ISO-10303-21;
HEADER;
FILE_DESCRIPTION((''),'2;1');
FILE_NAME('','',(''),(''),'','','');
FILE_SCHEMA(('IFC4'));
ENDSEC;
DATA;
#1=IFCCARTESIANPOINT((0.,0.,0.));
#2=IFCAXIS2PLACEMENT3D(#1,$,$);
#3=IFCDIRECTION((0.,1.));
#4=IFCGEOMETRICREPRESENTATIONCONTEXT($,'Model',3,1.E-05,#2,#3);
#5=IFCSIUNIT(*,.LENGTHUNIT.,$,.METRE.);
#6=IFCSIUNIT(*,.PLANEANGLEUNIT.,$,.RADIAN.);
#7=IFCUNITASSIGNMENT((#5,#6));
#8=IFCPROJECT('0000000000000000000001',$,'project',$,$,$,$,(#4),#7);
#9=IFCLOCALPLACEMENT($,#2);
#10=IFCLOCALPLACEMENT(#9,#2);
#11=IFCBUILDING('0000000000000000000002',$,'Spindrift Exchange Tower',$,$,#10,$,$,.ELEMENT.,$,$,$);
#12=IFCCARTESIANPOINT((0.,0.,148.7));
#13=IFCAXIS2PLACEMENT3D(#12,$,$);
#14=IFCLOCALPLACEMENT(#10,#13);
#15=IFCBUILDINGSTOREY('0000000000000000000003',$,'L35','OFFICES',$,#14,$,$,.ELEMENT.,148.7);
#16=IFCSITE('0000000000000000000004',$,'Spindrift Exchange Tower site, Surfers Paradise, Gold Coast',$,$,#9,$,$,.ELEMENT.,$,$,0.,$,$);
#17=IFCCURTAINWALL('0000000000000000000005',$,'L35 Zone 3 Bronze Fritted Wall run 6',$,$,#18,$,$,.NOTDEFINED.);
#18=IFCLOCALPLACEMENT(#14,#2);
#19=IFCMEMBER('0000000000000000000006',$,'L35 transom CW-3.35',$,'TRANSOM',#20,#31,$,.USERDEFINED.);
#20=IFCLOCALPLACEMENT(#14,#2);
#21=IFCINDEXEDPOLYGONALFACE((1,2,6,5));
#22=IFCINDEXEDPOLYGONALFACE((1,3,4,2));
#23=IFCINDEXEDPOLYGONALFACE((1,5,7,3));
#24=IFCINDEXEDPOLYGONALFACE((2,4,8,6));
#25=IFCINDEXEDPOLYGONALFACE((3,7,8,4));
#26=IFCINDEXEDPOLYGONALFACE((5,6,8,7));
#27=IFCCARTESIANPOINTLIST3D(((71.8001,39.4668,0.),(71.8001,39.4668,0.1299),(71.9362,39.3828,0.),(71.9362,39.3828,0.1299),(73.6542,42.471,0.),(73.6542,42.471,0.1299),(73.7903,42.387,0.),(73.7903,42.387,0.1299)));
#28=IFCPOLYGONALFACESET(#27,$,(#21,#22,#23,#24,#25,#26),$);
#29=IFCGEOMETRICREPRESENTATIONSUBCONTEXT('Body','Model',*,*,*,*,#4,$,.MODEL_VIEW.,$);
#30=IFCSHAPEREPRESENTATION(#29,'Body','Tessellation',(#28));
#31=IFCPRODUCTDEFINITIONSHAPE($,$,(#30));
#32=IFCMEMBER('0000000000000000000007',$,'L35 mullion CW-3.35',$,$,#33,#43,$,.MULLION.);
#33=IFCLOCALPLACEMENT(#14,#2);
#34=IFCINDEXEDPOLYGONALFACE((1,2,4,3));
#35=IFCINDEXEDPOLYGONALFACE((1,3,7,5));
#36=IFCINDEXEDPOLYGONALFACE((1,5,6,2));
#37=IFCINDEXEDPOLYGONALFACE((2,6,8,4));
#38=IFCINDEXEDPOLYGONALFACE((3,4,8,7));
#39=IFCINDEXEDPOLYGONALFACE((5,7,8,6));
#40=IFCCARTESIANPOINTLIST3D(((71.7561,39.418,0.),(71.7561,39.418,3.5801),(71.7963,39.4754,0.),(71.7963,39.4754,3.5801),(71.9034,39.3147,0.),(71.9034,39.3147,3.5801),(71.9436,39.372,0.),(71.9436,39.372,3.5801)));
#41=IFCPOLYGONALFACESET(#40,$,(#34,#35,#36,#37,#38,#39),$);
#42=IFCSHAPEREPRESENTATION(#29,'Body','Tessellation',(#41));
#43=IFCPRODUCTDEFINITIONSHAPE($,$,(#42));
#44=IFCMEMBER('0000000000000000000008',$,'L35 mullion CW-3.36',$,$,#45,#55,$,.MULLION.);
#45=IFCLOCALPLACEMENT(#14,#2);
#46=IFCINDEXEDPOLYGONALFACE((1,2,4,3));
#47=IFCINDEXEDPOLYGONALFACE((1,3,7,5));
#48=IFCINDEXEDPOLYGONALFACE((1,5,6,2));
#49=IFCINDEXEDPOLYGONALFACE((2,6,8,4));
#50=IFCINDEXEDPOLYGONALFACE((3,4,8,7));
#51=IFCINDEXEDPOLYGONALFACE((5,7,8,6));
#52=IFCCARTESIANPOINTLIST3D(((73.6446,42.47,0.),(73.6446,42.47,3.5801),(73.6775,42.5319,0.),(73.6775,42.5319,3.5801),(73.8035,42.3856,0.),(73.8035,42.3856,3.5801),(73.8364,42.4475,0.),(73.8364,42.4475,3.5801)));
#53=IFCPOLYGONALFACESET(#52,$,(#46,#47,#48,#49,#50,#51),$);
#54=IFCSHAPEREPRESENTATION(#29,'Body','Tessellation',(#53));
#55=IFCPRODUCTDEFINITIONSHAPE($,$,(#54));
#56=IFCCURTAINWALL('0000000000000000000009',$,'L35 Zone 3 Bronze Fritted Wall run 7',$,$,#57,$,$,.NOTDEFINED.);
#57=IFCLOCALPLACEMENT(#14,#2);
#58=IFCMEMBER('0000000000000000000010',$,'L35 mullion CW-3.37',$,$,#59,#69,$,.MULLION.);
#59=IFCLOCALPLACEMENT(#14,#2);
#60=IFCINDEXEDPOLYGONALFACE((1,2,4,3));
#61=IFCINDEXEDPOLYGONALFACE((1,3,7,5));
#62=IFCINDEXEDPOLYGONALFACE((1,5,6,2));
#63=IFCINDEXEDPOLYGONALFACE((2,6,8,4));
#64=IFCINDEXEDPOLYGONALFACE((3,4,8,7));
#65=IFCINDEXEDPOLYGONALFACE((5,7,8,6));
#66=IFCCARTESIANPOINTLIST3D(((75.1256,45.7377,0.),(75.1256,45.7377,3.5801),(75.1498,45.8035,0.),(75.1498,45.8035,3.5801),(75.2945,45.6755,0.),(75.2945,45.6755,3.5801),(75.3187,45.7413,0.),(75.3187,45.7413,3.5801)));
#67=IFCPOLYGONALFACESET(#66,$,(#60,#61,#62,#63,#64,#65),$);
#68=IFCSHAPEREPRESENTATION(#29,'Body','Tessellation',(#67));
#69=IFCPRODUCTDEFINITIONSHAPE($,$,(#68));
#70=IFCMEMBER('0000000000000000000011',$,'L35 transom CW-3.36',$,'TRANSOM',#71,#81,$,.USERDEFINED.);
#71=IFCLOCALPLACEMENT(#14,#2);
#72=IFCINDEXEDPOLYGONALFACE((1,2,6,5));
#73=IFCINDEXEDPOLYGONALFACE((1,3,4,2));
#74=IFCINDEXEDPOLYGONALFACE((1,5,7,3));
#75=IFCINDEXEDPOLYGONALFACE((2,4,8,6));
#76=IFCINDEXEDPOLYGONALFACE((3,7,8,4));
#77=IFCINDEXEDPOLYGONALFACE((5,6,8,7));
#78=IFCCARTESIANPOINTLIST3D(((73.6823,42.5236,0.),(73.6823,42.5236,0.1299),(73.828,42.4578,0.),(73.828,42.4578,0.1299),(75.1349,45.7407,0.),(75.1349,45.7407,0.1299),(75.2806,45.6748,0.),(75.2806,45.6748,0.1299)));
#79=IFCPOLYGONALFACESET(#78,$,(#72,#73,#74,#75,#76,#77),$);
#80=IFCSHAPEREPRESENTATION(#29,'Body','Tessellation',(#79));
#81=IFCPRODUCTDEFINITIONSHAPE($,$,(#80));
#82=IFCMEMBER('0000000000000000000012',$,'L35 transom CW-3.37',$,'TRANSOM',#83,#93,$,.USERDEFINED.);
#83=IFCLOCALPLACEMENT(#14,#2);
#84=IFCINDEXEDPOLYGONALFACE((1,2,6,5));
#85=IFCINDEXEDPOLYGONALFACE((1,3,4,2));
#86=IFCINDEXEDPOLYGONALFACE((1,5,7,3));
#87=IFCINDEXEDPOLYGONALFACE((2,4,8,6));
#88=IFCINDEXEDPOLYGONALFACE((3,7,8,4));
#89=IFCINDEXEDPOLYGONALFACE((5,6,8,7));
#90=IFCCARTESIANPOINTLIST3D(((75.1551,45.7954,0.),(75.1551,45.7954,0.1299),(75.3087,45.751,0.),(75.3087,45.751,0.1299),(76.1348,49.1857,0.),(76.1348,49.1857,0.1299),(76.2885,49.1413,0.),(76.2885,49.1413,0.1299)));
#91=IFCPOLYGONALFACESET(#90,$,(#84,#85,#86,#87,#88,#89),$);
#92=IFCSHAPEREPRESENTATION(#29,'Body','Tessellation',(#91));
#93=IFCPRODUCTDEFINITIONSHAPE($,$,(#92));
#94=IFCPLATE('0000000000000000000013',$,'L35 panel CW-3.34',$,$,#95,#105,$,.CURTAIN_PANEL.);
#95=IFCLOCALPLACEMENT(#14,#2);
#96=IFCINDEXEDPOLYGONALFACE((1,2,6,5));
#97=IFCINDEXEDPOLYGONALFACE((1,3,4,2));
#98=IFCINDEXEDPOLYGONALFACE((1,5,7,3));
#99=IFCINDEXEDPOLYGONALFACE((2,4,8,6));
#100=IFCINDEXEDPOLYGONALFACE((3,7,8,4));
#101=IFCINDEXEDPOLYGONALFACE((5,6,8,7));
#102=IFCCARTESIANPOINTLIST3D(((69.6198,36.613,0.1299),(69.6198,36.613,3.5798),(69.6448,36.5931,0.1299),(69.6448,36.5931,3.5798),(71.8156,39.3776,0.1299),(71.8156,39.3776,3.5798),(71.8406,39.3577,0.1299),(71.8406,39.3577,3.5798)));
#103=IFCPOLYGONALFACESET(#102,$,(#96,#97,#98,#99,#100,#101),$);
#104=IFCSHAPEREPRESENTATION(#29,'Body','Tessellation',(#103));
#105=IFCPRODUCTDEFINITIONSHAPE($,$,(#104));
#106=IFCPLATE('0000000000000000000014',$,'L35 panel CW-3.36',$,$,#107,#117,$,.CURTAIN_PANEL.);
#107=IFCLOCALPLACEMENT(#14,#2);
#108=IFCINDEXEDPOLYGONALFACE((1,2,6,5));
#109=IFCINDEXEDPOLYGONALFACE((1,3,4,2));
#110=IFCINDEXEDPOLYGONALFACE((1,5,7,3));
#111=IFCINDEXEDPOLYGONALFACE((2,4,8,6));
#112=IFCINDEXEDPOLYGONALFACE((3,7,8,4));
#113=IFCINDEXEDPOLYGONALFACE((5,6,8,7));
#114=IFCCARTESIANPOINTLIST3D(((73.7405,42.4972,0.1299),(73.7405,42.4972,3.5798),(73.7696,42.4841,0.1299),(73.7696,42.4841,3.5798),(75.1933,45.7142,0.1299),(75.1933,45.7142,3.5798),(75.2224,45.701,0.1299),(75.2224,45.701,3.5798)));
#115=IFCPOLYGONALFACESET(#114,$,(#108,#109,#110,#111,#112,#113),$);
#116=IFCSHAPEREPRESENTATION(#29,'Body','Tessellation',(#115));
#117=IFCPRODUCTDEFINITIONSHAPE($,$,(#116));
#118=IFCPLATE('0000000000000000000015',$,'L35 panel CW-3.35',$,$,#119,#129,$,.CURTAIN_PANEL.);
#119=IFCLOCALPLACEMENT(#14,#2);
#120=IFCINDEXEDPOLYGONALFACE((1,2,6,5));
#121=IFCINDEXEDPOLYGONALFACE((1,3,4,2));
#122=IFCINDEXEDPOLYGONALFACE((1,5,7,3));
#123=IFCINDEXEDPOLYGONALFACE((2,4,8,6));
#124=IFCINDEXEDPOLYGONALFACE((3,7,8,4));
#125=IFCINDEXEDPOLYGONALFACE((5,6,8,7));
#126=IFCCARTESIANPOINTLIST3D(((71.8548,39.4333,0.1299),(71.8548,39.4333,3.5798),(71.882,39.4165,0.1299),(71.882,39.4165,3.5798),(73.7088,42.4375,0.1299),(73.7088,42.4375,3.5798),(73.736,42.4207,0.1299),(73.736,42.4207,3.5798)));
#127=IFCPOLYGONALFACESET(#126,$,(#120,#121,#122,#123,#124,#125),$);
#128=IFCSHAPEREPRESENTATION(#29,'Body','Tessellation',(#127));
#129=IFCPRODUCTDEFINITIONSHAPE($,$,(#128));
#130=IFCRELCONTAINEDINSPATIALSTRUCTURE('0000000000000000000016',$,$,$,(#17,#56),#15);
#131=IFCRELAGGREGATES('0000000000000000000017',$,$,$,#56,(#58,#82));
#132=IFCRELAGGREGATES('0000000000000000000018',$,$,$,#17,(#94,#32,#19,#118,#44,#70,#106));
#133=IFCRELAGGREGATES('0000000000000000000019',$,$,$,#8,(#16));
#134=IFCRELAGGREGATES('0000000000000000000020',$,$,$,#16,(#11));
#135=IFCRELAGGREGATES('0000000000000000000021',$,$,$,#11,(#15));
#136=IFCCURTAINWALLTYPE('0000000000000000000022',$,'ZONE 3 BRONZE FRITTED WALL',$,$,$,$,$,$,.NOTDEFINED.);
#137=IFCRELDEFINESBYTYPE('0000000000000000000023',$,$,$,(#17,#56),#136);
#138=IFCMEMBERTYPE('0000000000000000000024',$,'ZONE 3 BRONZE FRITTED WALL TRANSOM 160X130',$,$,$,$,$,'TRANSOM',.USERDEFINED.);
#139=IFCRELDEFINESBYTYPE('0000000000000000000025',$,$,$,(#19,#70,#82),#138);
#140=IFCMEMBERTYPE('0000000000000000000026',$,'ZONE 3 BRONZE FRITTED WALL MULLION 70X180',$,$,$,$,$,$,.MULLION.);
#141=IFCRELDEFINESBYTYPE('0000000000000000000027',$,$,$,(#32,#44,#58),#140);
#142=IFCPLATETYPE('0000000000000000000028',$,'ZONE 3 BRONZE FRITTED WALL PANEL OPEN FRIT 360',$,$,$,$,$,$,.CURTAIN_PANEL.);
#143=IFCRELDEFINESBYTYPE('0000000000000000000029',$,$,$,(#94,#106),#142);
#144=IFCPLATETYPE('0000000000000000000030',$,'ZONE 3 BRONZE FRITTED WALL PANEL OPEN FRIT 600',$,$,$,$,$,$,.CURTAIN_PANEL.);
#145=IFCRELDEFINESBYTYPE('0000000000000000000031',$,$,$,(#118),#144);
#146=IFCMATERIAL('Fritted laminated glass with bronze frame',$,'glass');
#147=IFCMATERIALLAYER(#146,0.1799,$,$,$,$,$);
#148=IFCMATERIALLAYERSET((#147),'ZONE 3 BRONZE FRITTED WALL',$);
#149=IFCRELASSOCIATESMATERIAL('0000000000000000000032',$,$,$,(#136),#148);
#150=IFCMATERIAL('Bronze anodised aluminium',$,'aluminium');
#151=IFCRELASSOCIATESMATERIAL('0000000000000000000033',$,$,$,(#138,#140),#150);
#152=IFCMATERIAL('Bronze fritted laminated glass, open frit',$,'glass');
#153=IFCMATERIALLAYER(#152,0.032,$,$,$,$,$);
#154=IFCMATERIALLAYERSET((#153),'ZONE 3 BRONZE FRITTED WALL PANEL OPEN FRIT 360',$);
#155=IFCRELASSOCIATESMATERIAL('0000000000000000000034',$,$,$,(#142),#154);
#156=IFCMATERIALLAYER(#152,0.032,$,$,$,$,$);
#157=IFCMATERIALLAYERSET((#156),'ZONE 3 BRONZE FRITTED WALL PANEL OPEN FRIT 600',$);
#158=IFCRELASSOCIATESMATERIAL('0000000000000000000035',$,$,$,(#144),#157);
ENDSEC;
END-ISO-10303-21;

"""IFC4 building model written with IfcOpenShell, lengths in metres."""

from ifc_helpers import new_model, si_unit, direction, frame, origin, origin_2d, place, context, subcontext, project, spatial, rectangle, extrude, source, transform, mapped, material, layer, layer_set, material_profile, profile_set, type_object, element, aggregate, save


model = new_model("IFC4")

# Units and contexts
model_context = context("Model", 3, precision=1e-05, world=origin(), true_north=direction((0.0, 1.0)))
body_context = subcontext(model_context, "Body", "Model", "MODEL_VIEW")
ifc_project = project(units=[si_unit("LENGTHUNIT", "METRE"), si_unit("PLANEANGLEUNIT", "RADIAN")], contexts=[model_context])

# Site, building, storey
site_placement = place(None, origin())
site = spatial("IfcSite", under=ifc_project, at=site_placement, Name="Spindrift Exchange Tower site, Surfers Paradise, Gold Coast", CompositionType="ELEMENT", RefElevation=0.0)
building_placement = place(site_placement, origin())
building = spatial("IfcBuilding", under=site, at=building_placement, Name="Spindrift Exchange Tower", CompositionType="ELEMENT")
storey_placement = place(building_placement, frame((0.0, 0.0, 148.7)))
storey = spatial("IfcBuildingStorey", under=building, at=storey_placement, Name="L35", Description="OFFICES", CompositionType="ELEMENT", Elevation=148.7)

# Curtain wall, members
ifc_material_1 = material(Name="Fritted laminated glass with bronze frame", Category="glass")
ifc_layer_1 = layer(ifc_material_1, 0.1799)
ifc_layer_set_1 = layer_set([ifc_layer_1], Name="ZONE 3 BRONZE FRITTED WALL")
curtain_wall_type = type_object("IfcCurtainWallType", Name="ZONE 3 BRONZE FRITTED WALL", PredefinedType="NOTDEFINED", material=ifc_layer_set_1)
curtain_wall_1_placement = place(storey_placement, origin())
curtain_wall_1 = element("IfcCurtainWall", 1, at=curtain_wall_1_placement, inside=storey, type_object=curtain_wall_type, Name="L35 Zone 3 Bronze Fritted Wall run 6", PredefinedType="NOTDEFINED")
ifc_material_2 = material(Name="Bronze anodised aluminium", Category="aluminium")
ifc_material_profile_1 = material_profile(ifc_material_2, rectangle(XDim=0.1599, YDim=0.1299, at=origin_2d()), Name="ZONE 3 BRONZE FRITTED WALL TRANSOM 160X130")
ifc_profile_set_1 = profile_set([ifc_material_profile_1], Name="Bronze anodised aluminium")
member_type_1 = type_object("IfcMemberType", Name="ZONE 3 BRONZE FRITTED WALL TRANSOM 160X130", ElementType="TRANSOM", PredefinedType="USERDEFINED", material=ifc_profile_set_1)
shared_shape_1 = source(origin(), body_context, "Body", "SweptSolid", [
    extrude(rectangle(XDim=0.1599, YDim=0.1299, at=origin_2d()), origin(), (0.0, 0.0, 1.0), 3.5303),
])
member_1_placement = place(storey_placement, frame((71.8682, 39.4248, 0.0649), z_axis=(0.525185, 0.850988, 0.0), x_axis=(-0.850988, 0.525185, 0.0)))
member_1 = element("IfcMember", 2, at=member_1_placement, type_object=member_type_1, Name="L35 transom CW-3.35", ObjectType="TRANSOM", PredefinedType="USERDEFINED", context=body_context, shape_type="MappedRepresentation", body=[
    mapped(shared_shape_1, transform((0.0, 0.0, 0.0), scale=1.0)),
])
ifc_material_profile_2 = material_profile(ifc_material_2, rectangle(XDim=0.0701, YDim=0.1799, at=origin_2d()), Name="ZONE 3 BRONZE FRITTED WALL MULLION 70X180")
ifc_profile_set_2 = profile_set([ifc_material_profile_2], Name="Bronze anodised aluminium")
member_type_2 = type_object("IfcMemberType", Name="ZONE 3 BRONZE FRITTED WALL MULLION 70X180", PredefinedType="MULLION", material=ifc_profile_set_2)
shared_shape_2 = source(origin(), body_context, "Body", "SweptSolid", [
    extrude(rectangle(XDim=0.0701, YDim=0.1799, at=origin_2d()), origin(), (0.0, 0.0, 1.0), 3.5801),
])
member_2_placement = place(storey_placement, frame((71.8499, 39.395, 0.0), z_axis=(0.0, 0.0, 1.0), x_axis=(0.57456, 0.818463, 0.0)))
member_2 = element("IfcMember", 3, at=member_2_placement, type_object=member_type_2, Name="L35 mullion CW-3.35", PredefinedType="MULLION", context=body_context, shape_type="MappedRepresentation", body=[
    mapped(shared_shape_2, transform((0.0, 0.0, 0.0), scale=1.0)),
])
member_3_placement = place(storey_placement, frame((73.7405, 42.4587, 0.0), z_axis=(0.0, 0.0, 1.0), x_axis=(0.46934, 0.883018, 0.0)))
member_3 = element("IfcMember", 4, at=member_3_placement, type_object=member_type_2, Name="L35 mullion CW-3.36", PredefinedType="MULLION", context=body_context, shape_type="MappedRepresentation", body=[
    mapped(shared_shape_2, transform((0.0, 0.0, 0.0), scale=1.0)),
])

# Curtain wall, member
curtain_wall_2_placement = place(storey_placement, origin())
curtain_wall_2 = element("IfcCurtainWall", 5, at=curtain_wall_2_placement, inside=storey, type_object=curtain_wall_type, Name="L35 Zone 3 Bronze Fritted Wall run 7", PredefinedType="NOTDEFINED")
member_4_placement = place(storey_placement, frame((75.2222, 45.7395, 0.0), z_axis=(0.0, 0.0, 1.0), x_axis=(0.345465, 0.938431, 0.0)))
member_4 = element("IfcMember", 6, at=member_4_placement, type_object=member_type_2, Name="L35 mullion CW-3.37", PredefinedType="MULLION", context=body_context, shape_type="MappedRepresentation", body=[
    mapped(shared_shape_2, transform((0.0, 0.0, 0.0), scale=1.0)),
])

# Members
shared_shape_3 = source(origin(), body_context, "Body", "SweptSolid", [
    extrude(rectangle(XDim=0.1599, YDim=0.1299, at=origin_2d()), origin(), (0.0, 0.0, 1.0), 3.5298),
])
member_5_placement = place(storey_placement, frame((73.7551, 42.4907, 0.0649), z_axis=(0.411535, 0.911394, 0.0), x_axis=(-0.911394, 0.411535, 0.0)))
member_5 = element("IfcMember", 7, at=member_5_placement, type_object=member_type_1, Name="L35 transom CW-3.36", ObjectType="TRANSOM", PredefinedType="USERDEFINED", context=body_context, shape_type="MappedRepresentation", body=[
    mapped(shared_shape_3, transform((0.0, 0.0, 0.0), scale=1.0)),
])
shared_shape_4 = source(origin(), body_context, "Body", "SweptSolid", [
    extrude(rectangle(XDim=0.1599, YDim=0.1299, at=origin_2d()), origin(), (0.0, 0.0, 1.0), 3.5291),
])
member_6_placement = place(storey_placement, frame((75.2319, 45.7732, 0.0649), z_axis=(0.277616, 0.960692, 0.0), x_axis=(-0.960692, 0.277616, 0.0)))
member_6 = element("IfcMember", 8, at=member_6_placement, type_object=member_type_1, Name="L35 transom CW-3.37", ObjectType="TRANSOM", PredefinedType="USERDEFINED", context=body_context, shape_type="MappedRepresentation", body=[
    mapped(shared_shape_4, transform((0.0, 0.0, 0.0), scale=1.0)),
])
aggregate(curtain_wall_2, [member_4, member_6])

# Plates
ifc_material_3 = material(Name="Bronze fritted laminated glass, open frit", Category="glass")
ifc_layer_2 = layer(ifc_material_3, 0.032)
ifc_layer_set_2 = layer_set([ifc_layer_2], Name="ZONE 3 BRONZE FRITTED WALL PANEL OPEN FRIT 360")
plate_type_1 = type_object("IfcPlateType", Name="ZONE 3 BRONZE FRITTED WALL PANEL OPEN FRIT 360", PredefinedType="CURTAIN_PANEL", material=ifc_layer_set_2)
shared_shape_5 = source(origin(), body_context, "Body", "SweptSolid", [
    extrude(rectangle(XDim=3.5305, YDim=0.032, at=origin_2d()), origin(), (0.0, 0.0, 1.0), 3.45),
])
plate_1_placement = place(storey_placement, frame((70.7302, 37.9854, 0.1299), z_axis=(0.0, 0.0, 1.0), x_axis=(0.621948, 0.783059, 0.0)))
plate_1 = element("IfcPlate", 9, at=plate_1_placement, type_object=plate_type_1, Name="L35 panel CW-3.34", PredefinedType="CURTAIN_PANEL", context=body_context, shape_type="MappedRepresentation", body=[
    mapped(shared_shape_5, transform((0.0, 0.0, 0.0), scale=1.0)),
])
shared_shape_6 = source(origin(), body_context, "Body", "SweptSolid", [
    extrude(rectangle(XDim=3.5298, YDim=0.032, at=origin_2d()), origin(), (0.0, 0.0, 1.0), 3.45),
])
plate_2_placement = place(storey_placement, frame((74.4814, 44.0991, 0.1299), z_axis=(0.0, 0.0, 1.0), x_axis=(0.411575, 0.911376, 0.0)))
plate_2 = element("IfcPlate", 10, at=plate_2_placement, type_object=plate_type_1, Name="L35 panel CW-3.36", PredefinedType="CURTAIN_PANEL", context=body_context, shape_type="MappedRepresentation", body=[
    mapped(shared_shape_6, transform((0.0, 0.0, 0.0), scale=1.0)),
])
ifc_layer_3 = layer(ifc_material_3, 0.032)
ifc_layer_set_3 = layer_set([ifc_layer_3], Name="ZONE 3 BRONZE FRITTED WALL PANEL OPEN FRIT 600")
plate_type_2 = type_object("IfcPlateType", Name="ZONE 3 BRONZE FRITTED WALL PANEL OPEN FRIT 600", PredefinedType="CURTAIN_PANEL", material=ifc_layer_set_3)
shared_shape_7 = source(origin(), body_context, "Body", "SweptSolid", [
    extrude(rectangle(XDim=3.5303, YDim=0.032, at=origin_2d()), origin(), (0.0, 0.0, 1.0), 3.45),
])
plate_3_placement = place(storey_placement, frame((72.7954, 40.927, 0.1299), z_axis=(0.0, 0.0, 1.0), x_axis=(0.525161, 0.851003, 0.0)))
plate_3 = element("IfcPlate", 11, at=plate_3_placement, type_object=plate_type_2, Name="L35 panel CW-3.35", PredefinedType="CURTAIN_PANEL", context=body_context, shape_type="MappedRepresentation", body=[
    mapped(shared_shape_7, transform((0.0, 0.0, 0.0), scale=1.0)),
])
aggregate(curtain_wall_1, [plate_1, member_2, member_1, plate_3, member_3, member_5, plate_2])

save(model, "model.ifc")
